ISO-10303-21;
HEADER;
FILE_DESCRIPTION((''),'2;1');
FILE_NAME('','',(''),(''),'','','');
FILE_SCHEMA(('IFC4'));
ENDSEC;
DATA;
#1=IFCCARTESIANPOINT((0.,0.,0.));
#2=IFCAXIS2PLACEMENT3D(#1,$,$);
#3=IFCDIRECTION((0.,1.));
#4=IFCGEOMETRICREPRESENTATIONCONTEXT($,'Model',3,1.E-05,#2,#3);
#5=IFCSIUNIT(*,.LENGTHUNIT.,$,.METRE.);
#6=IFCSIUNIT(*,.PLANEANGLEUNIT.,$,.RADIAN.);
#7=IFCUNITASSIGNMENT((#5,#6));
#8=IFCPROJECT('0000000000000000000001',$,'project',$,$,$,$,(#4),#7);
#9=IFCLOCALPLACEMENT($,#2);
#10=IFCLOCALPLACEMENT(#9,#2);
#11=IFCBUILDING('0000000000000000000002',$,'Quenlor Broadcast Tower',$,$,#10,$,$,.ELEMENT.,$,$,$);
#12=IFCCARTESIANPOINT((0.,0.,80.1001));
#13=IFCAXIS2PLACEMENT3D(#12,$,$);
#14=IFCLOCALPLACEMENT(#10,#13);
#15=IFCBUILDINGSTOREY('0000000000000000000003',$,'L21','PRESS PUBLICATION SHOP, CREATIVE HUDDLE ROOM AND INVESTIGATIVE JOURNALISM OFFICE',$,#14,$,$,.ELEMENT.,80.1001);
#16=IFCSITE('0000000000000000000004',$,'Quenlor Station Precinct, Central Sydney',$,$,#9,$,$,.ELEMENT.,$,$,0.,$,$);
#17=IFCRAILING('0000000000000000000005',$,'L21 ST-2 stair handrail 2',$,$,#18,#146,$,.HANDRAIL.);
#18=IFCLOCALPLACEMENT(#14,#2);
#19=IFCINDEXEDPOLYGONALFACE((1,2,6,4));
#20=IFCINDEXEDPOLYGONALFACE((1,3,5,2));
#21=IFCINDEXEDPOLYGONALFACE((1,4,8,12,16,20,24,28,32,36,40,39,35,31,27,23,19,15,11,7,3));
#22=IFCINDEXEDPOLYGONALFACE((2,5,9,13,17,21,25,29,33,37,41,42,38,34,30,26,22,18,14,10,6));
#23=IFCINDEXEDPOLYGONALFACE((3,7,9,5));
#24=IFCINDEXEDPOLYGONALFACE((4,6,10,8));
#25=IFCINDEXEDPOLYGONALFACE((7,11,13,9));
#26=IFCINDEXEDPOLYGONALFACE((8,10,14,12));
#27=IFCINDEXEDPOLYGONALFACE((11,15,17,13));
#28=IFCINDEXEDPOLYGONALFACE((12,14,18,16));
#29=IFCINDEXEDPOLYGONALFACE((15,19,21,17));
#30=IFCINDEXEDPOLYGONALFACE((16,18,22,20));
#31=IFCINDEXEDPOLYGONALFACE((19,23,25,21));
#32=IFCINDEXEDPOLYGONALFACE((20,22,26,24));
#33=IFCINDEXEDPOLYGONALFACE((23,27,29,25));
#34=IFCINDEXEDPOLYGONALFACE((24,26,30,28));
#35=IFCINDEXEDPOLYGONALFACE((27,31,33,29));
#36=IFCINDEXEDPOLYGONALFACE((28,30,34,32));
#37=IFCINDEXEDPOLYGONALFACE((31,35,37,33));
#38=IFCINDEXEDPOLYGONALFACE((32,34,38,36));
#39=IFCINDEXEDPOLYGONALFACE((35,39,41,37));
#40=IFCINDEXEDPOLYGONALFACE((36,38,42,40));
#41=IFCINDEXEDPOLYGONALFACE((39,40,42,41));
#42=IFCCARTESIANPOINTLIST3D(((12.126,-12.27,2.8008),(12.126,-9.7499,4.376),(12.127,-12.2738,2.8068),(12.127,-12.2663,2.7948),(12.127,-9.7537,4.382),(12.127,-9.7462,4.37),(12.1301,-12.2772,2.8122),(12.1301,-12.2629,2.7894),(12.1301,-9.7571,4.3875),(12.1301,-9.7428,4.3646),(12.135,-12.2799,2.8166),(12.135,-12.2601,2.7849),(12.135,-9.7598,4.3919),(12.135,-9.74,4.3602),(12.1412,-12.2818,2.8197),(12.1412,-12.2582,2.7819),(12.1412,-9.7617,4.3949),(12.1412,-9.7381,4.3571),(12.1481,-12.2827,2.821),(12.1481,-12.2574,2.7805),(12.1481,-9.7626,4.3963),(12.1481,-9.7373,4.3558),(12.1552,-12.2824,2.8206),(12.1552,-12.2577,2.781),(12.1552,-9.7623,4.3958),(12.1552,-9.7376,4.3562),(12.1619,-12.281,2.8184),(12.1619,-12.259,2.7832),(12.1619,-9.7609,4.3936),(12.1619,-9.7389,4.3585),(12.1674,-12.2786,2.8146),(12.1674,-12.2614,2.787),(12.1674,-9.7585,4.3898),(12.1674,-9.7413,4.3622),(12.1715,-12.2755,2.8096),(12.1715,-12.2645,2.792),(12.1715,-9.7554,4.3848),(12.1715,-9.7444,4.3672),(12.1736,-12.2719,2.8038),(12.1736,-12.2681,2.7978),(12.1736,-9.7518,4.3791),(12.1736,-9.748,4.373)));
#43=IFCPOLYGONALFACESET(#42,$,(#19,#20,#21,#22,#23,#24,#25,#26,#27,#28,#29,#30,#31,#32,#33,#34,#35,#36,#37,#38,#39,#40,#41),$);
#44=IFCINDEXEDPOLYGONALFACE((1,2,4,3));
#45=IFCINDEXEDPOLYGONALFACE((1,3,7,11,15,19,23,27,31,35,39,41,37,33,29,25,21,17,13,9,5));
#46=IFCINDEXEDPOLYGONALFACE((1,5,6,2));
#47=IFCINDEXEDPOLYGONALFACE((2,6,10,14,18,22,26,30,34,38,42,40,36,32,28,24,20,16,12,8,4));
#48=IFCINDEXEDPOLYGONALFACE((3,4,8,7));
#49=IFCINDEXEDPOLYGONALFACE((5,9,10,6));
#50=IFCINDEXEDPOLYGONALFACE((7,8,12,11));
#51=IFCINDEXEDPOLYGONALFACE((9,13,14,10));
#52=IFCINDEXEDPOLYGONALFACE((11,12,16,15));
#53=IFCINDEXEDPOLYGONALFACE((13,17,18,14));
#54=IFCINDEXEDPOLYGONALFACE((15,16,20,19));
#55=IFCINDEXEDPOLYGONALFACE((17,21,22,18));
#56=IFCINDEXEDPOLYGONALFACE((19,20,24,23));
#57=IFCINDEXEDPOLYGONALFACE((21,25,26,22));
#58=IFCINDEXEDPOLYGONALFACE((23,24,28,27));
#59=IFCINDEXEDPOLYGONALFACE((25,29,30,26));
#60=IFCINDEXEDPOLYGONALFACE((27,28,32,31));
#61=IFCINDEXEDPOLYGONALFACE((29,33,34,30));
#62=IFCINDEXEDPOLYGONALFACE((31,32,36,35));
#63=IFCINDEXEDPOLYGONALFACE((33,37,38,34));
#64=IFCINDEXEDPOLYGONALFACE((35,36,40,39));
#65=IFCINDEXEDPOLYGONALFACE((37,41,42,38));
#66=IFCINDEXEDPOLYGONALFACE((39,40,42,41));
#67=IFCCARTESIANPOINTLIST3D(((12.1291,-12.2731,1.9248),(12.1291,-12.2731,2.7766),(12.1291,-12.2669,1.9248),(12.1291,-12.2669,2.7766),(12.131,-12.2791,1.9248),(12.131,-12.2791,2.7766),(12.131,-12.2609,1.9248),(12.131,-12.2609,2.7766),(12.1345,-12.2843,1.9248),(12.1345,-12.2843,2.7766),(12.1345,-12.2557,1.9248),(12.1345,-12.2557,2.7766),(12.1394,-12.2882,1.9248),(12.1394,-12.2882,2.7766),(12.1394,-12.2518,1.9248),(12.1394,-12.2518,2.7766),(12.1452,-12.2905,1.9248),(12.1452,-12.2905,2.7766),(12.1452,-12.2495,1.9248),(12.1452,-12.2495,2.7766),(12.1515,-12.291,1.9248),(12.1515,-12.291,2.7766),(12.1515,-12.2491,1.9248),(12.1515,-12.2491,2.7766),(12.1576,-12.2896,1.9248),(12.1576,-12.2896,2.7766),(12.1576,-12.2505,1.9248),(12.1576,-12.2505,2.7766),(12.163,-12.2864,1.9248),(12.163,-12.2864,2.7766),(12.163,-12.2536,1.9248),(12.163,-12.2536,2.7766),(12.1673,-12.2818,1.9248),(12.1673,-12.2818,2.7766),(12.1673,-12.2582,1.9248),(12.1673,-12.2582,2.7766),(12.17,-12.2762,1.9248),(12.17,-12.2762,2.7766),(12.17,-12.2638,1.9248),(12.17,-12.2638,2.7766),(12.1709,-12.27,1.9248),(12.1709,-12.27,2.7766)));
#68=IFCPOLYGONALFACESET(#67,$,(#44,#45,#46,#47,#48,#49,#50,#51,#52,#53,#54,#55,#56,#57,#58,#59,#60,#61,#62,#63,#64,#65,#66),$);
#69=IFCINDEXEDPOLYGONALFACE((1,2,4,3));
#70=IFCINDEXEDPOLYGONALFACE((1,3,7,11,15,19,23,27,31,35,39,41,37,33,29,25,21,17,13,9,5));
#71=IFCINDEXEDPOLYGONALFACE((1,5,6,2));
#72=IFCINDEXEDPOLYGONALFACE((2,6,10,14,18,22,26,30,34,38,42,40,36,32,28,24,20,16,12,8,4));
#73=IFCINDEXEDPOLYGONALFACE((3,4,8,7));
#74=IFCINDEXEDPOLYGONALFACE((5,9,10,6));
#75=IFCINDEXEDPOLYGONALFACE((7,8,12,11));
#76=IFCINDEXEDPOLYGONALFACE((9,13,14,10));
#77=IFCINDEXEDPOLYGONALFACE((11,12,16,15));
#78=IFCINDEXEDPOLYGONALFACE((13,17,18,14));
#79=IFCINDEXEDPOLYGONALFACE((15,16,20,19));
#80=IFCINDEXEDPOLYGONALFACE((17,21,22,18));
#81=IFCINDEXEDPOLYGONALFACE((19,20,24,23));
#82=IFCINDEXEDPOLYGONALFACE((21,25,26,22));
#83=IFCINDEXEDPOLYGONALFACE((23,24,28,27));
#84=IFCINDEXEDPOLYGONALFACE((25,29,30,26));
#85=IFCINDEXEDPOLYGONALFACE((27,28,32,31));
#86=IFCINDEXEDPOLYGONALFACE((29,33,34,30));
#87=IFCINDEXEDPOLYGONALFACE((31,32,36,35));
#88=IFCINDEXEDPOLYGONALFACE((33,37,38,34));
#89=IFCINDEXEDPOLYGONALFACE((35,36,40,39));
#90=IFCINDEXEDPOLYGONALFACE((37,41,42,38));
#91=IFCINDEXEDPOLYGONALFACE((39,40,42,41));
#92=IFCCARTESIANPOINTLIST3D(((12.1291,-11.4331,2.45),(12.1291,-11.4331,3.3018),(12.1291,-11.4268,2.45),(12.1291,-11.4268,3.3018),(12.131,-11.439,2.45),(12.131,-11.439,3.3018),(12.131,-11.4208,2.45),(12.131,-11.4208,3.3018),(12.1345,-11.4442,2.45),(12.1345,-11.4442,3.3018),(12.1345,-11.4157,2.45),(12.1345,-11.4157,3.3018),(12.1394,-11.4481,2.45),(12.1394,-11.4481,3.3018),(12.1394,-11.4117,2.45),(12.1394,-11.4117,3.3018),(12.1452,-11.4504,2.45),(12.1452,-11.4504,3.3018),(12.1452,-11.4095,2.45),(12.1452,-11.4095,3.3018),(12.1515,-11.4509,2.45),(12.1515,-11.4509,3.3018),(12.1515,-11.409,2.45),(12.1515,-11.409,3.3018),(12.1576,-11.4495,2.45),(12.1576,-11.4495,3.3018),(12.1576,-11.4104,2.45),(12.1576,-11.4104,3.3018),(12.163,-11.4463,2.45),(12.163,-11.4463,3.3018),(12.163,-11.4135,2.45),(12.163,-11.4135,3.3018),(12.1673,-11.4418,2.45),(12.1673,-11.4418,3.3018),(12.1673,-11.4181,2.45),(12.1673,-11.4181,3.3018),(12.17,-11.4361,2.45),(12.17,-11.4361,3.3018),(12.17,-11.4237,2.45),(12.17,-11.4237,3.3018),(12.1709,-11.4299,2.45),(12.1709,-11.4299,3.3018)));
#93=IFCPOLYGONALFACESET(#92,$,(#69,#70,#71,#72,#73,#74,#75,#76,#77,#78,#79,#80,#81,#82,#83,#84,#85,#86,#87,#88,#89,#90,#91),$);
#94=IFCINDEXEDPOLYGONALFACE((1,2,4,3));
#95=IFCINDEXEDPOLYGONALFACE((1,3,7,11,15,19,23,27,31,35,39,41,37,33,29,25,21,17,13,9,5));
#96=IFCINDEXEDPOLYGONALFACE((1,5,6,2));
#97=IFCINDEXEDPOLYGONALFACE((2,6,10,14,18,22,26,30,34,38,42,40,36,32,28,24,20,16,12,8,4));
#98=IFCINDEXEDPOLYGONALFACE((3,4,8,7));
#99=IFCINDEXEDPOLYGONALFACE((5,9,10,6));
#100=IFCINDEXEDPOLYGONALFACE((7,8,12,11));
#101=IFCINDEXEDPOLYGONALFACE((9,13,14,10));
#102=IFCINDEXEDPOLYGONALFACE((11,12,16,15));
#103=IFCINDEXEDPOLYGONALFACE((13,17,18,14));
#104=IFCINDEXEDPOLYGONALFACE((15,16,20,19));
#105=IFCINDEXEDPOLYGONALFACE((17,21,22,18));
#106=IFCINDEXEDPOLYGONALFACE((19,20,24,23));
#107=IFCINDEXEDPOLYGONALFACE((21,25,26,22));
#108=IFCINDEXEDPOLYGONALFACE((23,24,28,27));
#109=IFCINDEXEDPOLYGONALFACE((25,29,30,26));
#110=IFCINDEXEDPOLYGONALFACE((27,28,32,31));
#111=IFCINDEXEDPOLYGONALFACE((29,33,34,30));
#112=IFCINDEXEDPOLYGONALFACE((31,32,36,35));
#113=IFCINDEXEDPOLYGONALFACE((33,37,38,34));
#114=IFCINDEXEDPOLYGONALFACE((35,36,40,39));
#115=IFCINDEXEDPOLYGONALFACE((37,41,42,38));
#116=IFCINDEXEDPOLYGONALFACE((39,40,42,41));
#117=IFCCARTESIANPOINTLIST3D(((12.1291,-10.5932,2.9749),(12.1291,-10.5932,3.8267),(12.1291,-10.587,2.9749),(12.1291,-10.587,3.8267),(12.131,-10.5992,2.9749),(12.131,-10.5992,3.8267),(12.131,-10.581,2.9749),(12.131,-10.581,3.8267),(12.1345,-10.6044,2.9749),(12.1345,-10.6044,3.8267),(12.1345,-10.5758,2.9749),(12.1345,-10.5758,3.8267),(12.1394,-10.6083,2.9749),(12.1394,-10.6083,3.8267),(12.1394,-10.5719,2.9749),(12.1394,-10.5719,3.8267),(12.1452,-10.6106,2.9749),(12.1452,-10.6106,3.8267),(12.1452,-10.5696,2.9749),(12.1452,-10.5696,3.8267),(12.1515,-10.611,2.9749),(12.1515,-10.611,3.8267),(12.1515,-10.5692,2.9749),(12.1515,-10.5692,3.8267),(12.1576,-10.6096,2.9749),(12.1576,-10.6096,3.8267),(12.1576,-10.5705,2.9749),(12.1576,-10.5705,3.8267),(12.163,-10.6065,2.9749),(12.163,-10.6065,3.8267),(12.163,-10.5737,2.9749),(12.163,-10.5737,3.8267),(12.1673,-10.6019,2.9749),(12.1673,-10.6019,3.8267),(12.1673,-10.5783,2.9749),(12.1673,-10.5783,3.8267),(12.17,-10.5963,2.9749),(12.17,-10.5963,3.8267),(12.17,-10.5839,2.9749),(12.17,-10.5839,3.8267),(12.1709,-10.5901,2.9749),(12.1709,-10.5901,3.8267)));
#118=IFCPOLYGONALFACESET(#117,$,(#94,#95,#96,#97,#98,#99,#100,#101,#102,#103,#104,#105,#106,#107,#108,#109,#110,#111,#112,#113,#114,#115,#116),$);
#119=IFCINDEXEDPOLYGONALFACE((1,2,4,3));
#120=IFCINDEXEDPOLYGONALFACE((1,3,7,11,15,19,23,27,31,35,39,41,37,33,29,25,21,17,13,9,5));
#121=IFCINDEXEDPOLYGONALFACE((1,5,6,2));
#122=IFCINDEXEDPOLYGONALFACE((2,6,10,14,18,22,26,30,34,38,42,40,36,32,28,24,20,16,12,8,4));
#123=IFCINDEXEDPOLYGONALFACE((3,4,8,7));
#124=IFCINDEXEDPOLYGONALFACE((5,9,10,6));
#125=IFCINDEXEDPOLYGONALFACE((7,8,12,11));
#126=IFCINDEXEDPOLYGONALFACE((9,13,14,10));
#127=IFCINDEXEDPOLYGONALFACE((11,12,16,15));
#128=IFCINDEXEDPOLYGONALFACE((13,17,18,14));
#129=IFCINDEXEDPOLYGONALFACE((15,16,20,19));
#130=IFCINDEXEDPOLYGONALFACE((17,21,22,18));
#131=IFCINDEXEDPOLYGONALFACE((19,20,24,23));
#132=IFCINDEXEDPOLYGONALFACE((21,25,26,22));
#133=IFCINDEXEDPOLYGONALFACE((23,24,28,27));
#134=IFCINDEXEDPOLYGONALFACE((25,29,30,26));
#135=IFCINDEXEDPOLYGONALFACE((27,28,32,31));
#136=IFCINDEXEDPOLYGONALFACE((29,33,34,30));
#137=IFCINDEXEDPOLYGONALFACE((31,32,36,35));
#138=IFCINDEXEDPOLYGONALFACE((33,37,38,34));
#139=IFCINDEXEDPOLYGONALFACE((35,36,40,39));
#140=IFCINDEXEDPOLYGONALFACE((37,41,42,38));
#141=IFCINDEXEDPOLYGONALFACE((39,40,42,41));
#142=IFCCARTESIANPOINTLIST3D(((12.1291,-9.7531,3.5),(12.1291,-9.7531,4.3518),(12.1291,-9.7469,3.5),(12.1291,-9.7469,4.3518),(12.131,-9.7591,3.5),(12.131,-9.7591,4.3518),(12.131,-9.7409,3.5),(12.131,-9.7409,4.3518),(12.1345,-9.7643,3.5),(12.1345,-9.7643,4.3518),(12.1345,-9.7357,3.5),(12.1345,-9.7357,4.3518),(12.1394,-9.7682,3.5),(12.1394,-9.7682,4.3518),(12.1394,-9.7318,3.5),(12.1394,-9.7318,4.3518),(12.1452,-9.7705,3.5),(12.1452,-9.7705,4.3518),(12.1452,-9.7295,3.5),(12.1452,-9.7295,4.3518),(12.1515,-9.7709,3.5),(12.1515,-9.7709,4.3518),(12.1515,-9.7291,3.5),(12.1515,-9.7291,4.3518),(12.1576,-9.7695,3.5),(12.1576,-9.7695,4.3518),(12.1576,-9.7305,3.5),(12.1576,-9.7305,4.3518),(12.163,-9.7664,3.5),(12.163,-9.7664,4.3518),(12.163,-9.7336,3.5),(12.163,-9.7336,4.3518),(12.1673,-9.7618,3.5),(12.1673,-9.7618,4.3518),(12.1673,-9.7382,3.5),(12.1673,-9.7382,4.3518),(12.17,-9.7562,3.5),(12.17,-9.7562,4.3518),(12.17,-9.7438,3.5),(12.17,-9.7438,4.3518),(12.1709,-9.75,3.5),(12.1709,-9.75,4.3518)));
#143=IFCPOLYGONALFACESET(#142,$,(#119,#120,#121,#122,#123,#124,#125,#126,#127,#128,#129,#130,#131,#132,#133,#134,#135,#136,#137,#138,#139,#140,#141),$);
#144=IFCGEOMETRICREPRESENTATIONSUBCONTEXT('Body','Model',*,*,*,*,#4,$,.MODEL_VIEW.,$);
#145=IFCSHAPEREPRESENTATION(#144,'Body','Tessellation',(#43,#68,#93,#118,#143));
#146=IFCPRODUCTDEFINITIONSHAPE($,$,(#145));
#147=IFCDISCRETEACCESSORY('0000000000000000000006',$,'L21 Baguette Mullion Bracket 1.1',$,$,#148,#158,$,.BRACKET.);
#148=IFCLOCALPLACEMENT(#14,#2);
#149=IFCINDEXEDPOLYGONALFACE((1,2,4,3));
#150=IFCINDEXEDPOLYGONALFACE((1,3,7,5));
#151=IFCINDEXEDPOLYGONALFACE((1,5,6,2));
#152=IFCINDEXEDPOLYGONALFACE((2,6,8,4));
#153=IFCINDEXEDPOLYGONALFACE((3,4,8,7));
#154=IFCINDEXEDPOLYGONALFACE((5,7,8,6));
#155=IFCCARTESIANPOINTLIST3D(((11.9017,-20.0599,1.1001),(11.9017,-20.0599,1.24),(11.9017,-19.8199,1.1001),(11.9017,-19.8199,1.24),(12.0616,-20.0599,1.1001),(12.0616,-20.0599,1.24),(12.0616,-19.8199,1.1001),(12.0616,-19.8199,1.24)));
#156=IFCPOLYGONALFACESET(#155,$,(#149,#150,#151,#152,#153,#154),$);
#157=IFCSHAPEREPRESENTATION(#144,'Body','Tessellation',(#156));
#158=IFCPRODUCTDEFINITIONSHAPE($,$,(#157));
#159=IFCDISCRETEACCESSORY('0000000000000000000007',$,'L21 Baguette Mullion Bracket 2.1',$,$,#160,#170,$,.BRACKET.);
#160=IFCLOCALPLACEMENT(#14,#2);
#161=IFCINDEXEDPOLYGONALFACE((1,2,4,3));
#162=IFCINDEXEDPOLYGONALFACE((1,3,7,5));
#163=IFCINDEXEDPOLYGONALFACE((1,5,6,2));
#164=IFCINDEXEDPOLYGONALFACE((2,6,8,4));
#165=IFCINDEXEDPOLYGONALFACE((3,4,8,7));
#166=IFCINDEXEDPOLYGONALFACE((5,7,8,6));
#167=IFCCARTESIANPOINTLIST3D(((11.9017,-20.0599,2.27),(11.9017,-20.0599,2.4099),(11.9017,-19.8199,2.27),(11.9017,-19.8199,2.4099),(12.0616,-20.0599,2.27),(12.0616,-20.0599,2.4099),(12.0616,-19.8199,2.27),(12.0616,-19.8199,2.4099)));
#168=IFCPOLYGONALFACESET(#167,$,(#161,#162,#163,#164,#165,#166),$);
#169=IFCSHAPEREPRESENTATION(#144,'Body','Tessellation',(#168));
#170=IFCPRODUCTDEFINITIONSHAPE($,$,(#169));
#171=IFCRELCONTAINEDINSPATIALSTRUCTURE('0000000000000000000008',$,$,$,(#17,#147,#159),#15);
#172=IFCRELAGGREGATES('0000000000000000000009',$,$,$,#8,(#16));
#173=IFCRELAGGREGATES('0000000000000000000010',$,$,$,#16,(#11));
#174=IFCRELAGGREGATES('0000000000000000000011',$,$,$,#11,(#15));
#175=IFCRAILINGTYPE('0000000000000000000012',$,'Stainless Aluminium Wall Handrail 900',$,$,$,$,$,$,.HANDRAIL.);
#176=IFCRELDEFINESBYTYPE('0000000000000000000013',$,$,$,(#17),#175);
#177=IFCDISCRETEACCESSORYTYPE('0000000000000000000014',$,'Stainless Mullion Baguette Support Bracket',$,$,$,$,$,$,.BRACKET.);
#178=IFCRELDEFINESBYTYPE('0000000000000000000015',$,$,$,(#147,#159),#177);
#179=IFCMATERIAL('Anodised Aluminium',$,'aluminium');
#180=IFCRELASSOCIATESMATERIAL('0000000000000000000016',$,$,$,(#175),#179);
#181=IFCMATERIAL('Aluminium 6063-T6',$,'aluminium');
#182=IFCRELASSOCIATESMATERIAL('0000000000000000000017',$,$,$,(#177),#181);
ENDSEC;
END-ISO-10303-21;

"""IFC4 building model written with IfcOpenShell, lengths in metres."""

from ifc_helpers import new_model, si_unit, direction, frame, origin, origin_2d, place, context, subcontext, project, spatial, rectangle, circle, extrude, material, type_object, element, save


model = new_model("IFC4")

# Units and contexts
model_context = context("Model", 3, precision=1e-05, world=origin(), true_north=direction((0.0, 1.0)))
body_context = subcontext(model_context, "Body", "Model", "MODEL_VIEW")
ifc_project = project(units=[si_unit("LENGTHUNIT", "METRE"), si_unit("PLANEANGLEUNIT", "RADIAN")], contexts=[model_context])

# Site, building, storey
site_placement = place(None, origin())
site = spatial("IfcSite", under=ifc_project, at=site_placement, Name="Quenlor Station Precinct, Central Sydney", CompositionType="ELEMENT", RefElevation=0.0)
building_placement = place(site_placement, origin())
building = spatial("IfcBuilding", under=site, at=building_placement, Name="Quenlor Broadcast Tower", CompositionType="ELEMENT")
storey_placement = place(building_placement, frame((0.0, 0.0, 80.1001)))
storey = spatial("IfcBuildingStorey", under=building, at=storey_placement, Name="L21", Description="PRESS PUBLICATION SHOP, CREATIVE HUDDLE ROOM AND INVESTIGATIVE JOURNALISM OFFICE", CompositionType="ELEMENT", Elevation=80.1001)

# Railing
ifc_material_1 = material(Name="Anodised Aluminium", Category="aluminium")
railing_type = type_object("IfcRailingType", Name="Stainless Aluminium Wall Handrail 900", PredefinedType="HANDRAIL", material=ifc_material_1)
railing_placement = place(storey_placement, frame((12.1499, -12.27, 1.9248)))
element("IfcRailing", 1, at=railing_placement, inside=storey, type_object=railing_type, Name="L21 ST-2 stair handrail 2", PredefinedType="HANDRAIL", context=body_context, shape_type="SweptSolid", body=[
    extrude(circle(Radius=0.0239, at=origin_2d()), frame((0.0, 0.0, 0.876), z_axis=(0.0, 0.847971, 0.530043), x_axis=(-1.0, 0.0, 0.0)), (0.0, 0.0, 1.0), 2.9719),
    extrude(circle(Radius=0.021, at=origin_2d()), origin(), (0.0, 0.0, 1.0), 0.8518),
    extrude(circle(Radius=0.021, at=origin_2d()), frame((0.0, 0.8401, 0.5251)), (0.0, 0.0, 1.0), 0.8518),
    extrude(circle(Radius=0.021, at=origin_2d()), frame((0.0, 1.6799, 1.05)), (0.0, 0.0, 1.0), 0.8518),
    extrude(circle(Radius=0.021, at=origin_2d()), frame((0.0, 2.52, 1.5752)), (0.0, 0.0, 1.0), 0.8518),
])

# Discrete accessories
ifc_material_2 = material(Name="Aluminium 6063-T6", Category="aluminium")
discrete_accessory_type = type_object("IfcDiscreteAccessoryType", Name="Stainless Mullion Baguette Support Bracket", PredefinedType="BRACKET", material=ifc_material_2)
for number, where, z_axis, x_axis, name in (
    (2, (11.9817, -19.9399, 1.1001), (0.0, 0.0, 1.0), (-1.0, 0.0, 0.0), "L21 Baguette Mullion Bracket 1.1"),
    (3, (11.9817, -19.9399, 2.27), (0.0, 0.0, 1.0), (-1.0, 0.0, 0.0), "L21 Baguette Mullion Bracket 2.1"),
):
    element("IfcDiscreteAccessory", number, at=place(storey_placement, frame(where, z_axis=z_axis, x_axis=x_axis)), inside=storey, type_object=discrete_accessory_type, Name=name, PredefinedType="BRACKET", context=body_context, shape_type="SweptSolid", body=[
        extrude(rectangle(XDim=0.1599, YDim=0.24, at=origin_2d()), origin(), (0.0, 0.0, 1.0), 0.1399),
    ])

save(model, "model.ifc")
